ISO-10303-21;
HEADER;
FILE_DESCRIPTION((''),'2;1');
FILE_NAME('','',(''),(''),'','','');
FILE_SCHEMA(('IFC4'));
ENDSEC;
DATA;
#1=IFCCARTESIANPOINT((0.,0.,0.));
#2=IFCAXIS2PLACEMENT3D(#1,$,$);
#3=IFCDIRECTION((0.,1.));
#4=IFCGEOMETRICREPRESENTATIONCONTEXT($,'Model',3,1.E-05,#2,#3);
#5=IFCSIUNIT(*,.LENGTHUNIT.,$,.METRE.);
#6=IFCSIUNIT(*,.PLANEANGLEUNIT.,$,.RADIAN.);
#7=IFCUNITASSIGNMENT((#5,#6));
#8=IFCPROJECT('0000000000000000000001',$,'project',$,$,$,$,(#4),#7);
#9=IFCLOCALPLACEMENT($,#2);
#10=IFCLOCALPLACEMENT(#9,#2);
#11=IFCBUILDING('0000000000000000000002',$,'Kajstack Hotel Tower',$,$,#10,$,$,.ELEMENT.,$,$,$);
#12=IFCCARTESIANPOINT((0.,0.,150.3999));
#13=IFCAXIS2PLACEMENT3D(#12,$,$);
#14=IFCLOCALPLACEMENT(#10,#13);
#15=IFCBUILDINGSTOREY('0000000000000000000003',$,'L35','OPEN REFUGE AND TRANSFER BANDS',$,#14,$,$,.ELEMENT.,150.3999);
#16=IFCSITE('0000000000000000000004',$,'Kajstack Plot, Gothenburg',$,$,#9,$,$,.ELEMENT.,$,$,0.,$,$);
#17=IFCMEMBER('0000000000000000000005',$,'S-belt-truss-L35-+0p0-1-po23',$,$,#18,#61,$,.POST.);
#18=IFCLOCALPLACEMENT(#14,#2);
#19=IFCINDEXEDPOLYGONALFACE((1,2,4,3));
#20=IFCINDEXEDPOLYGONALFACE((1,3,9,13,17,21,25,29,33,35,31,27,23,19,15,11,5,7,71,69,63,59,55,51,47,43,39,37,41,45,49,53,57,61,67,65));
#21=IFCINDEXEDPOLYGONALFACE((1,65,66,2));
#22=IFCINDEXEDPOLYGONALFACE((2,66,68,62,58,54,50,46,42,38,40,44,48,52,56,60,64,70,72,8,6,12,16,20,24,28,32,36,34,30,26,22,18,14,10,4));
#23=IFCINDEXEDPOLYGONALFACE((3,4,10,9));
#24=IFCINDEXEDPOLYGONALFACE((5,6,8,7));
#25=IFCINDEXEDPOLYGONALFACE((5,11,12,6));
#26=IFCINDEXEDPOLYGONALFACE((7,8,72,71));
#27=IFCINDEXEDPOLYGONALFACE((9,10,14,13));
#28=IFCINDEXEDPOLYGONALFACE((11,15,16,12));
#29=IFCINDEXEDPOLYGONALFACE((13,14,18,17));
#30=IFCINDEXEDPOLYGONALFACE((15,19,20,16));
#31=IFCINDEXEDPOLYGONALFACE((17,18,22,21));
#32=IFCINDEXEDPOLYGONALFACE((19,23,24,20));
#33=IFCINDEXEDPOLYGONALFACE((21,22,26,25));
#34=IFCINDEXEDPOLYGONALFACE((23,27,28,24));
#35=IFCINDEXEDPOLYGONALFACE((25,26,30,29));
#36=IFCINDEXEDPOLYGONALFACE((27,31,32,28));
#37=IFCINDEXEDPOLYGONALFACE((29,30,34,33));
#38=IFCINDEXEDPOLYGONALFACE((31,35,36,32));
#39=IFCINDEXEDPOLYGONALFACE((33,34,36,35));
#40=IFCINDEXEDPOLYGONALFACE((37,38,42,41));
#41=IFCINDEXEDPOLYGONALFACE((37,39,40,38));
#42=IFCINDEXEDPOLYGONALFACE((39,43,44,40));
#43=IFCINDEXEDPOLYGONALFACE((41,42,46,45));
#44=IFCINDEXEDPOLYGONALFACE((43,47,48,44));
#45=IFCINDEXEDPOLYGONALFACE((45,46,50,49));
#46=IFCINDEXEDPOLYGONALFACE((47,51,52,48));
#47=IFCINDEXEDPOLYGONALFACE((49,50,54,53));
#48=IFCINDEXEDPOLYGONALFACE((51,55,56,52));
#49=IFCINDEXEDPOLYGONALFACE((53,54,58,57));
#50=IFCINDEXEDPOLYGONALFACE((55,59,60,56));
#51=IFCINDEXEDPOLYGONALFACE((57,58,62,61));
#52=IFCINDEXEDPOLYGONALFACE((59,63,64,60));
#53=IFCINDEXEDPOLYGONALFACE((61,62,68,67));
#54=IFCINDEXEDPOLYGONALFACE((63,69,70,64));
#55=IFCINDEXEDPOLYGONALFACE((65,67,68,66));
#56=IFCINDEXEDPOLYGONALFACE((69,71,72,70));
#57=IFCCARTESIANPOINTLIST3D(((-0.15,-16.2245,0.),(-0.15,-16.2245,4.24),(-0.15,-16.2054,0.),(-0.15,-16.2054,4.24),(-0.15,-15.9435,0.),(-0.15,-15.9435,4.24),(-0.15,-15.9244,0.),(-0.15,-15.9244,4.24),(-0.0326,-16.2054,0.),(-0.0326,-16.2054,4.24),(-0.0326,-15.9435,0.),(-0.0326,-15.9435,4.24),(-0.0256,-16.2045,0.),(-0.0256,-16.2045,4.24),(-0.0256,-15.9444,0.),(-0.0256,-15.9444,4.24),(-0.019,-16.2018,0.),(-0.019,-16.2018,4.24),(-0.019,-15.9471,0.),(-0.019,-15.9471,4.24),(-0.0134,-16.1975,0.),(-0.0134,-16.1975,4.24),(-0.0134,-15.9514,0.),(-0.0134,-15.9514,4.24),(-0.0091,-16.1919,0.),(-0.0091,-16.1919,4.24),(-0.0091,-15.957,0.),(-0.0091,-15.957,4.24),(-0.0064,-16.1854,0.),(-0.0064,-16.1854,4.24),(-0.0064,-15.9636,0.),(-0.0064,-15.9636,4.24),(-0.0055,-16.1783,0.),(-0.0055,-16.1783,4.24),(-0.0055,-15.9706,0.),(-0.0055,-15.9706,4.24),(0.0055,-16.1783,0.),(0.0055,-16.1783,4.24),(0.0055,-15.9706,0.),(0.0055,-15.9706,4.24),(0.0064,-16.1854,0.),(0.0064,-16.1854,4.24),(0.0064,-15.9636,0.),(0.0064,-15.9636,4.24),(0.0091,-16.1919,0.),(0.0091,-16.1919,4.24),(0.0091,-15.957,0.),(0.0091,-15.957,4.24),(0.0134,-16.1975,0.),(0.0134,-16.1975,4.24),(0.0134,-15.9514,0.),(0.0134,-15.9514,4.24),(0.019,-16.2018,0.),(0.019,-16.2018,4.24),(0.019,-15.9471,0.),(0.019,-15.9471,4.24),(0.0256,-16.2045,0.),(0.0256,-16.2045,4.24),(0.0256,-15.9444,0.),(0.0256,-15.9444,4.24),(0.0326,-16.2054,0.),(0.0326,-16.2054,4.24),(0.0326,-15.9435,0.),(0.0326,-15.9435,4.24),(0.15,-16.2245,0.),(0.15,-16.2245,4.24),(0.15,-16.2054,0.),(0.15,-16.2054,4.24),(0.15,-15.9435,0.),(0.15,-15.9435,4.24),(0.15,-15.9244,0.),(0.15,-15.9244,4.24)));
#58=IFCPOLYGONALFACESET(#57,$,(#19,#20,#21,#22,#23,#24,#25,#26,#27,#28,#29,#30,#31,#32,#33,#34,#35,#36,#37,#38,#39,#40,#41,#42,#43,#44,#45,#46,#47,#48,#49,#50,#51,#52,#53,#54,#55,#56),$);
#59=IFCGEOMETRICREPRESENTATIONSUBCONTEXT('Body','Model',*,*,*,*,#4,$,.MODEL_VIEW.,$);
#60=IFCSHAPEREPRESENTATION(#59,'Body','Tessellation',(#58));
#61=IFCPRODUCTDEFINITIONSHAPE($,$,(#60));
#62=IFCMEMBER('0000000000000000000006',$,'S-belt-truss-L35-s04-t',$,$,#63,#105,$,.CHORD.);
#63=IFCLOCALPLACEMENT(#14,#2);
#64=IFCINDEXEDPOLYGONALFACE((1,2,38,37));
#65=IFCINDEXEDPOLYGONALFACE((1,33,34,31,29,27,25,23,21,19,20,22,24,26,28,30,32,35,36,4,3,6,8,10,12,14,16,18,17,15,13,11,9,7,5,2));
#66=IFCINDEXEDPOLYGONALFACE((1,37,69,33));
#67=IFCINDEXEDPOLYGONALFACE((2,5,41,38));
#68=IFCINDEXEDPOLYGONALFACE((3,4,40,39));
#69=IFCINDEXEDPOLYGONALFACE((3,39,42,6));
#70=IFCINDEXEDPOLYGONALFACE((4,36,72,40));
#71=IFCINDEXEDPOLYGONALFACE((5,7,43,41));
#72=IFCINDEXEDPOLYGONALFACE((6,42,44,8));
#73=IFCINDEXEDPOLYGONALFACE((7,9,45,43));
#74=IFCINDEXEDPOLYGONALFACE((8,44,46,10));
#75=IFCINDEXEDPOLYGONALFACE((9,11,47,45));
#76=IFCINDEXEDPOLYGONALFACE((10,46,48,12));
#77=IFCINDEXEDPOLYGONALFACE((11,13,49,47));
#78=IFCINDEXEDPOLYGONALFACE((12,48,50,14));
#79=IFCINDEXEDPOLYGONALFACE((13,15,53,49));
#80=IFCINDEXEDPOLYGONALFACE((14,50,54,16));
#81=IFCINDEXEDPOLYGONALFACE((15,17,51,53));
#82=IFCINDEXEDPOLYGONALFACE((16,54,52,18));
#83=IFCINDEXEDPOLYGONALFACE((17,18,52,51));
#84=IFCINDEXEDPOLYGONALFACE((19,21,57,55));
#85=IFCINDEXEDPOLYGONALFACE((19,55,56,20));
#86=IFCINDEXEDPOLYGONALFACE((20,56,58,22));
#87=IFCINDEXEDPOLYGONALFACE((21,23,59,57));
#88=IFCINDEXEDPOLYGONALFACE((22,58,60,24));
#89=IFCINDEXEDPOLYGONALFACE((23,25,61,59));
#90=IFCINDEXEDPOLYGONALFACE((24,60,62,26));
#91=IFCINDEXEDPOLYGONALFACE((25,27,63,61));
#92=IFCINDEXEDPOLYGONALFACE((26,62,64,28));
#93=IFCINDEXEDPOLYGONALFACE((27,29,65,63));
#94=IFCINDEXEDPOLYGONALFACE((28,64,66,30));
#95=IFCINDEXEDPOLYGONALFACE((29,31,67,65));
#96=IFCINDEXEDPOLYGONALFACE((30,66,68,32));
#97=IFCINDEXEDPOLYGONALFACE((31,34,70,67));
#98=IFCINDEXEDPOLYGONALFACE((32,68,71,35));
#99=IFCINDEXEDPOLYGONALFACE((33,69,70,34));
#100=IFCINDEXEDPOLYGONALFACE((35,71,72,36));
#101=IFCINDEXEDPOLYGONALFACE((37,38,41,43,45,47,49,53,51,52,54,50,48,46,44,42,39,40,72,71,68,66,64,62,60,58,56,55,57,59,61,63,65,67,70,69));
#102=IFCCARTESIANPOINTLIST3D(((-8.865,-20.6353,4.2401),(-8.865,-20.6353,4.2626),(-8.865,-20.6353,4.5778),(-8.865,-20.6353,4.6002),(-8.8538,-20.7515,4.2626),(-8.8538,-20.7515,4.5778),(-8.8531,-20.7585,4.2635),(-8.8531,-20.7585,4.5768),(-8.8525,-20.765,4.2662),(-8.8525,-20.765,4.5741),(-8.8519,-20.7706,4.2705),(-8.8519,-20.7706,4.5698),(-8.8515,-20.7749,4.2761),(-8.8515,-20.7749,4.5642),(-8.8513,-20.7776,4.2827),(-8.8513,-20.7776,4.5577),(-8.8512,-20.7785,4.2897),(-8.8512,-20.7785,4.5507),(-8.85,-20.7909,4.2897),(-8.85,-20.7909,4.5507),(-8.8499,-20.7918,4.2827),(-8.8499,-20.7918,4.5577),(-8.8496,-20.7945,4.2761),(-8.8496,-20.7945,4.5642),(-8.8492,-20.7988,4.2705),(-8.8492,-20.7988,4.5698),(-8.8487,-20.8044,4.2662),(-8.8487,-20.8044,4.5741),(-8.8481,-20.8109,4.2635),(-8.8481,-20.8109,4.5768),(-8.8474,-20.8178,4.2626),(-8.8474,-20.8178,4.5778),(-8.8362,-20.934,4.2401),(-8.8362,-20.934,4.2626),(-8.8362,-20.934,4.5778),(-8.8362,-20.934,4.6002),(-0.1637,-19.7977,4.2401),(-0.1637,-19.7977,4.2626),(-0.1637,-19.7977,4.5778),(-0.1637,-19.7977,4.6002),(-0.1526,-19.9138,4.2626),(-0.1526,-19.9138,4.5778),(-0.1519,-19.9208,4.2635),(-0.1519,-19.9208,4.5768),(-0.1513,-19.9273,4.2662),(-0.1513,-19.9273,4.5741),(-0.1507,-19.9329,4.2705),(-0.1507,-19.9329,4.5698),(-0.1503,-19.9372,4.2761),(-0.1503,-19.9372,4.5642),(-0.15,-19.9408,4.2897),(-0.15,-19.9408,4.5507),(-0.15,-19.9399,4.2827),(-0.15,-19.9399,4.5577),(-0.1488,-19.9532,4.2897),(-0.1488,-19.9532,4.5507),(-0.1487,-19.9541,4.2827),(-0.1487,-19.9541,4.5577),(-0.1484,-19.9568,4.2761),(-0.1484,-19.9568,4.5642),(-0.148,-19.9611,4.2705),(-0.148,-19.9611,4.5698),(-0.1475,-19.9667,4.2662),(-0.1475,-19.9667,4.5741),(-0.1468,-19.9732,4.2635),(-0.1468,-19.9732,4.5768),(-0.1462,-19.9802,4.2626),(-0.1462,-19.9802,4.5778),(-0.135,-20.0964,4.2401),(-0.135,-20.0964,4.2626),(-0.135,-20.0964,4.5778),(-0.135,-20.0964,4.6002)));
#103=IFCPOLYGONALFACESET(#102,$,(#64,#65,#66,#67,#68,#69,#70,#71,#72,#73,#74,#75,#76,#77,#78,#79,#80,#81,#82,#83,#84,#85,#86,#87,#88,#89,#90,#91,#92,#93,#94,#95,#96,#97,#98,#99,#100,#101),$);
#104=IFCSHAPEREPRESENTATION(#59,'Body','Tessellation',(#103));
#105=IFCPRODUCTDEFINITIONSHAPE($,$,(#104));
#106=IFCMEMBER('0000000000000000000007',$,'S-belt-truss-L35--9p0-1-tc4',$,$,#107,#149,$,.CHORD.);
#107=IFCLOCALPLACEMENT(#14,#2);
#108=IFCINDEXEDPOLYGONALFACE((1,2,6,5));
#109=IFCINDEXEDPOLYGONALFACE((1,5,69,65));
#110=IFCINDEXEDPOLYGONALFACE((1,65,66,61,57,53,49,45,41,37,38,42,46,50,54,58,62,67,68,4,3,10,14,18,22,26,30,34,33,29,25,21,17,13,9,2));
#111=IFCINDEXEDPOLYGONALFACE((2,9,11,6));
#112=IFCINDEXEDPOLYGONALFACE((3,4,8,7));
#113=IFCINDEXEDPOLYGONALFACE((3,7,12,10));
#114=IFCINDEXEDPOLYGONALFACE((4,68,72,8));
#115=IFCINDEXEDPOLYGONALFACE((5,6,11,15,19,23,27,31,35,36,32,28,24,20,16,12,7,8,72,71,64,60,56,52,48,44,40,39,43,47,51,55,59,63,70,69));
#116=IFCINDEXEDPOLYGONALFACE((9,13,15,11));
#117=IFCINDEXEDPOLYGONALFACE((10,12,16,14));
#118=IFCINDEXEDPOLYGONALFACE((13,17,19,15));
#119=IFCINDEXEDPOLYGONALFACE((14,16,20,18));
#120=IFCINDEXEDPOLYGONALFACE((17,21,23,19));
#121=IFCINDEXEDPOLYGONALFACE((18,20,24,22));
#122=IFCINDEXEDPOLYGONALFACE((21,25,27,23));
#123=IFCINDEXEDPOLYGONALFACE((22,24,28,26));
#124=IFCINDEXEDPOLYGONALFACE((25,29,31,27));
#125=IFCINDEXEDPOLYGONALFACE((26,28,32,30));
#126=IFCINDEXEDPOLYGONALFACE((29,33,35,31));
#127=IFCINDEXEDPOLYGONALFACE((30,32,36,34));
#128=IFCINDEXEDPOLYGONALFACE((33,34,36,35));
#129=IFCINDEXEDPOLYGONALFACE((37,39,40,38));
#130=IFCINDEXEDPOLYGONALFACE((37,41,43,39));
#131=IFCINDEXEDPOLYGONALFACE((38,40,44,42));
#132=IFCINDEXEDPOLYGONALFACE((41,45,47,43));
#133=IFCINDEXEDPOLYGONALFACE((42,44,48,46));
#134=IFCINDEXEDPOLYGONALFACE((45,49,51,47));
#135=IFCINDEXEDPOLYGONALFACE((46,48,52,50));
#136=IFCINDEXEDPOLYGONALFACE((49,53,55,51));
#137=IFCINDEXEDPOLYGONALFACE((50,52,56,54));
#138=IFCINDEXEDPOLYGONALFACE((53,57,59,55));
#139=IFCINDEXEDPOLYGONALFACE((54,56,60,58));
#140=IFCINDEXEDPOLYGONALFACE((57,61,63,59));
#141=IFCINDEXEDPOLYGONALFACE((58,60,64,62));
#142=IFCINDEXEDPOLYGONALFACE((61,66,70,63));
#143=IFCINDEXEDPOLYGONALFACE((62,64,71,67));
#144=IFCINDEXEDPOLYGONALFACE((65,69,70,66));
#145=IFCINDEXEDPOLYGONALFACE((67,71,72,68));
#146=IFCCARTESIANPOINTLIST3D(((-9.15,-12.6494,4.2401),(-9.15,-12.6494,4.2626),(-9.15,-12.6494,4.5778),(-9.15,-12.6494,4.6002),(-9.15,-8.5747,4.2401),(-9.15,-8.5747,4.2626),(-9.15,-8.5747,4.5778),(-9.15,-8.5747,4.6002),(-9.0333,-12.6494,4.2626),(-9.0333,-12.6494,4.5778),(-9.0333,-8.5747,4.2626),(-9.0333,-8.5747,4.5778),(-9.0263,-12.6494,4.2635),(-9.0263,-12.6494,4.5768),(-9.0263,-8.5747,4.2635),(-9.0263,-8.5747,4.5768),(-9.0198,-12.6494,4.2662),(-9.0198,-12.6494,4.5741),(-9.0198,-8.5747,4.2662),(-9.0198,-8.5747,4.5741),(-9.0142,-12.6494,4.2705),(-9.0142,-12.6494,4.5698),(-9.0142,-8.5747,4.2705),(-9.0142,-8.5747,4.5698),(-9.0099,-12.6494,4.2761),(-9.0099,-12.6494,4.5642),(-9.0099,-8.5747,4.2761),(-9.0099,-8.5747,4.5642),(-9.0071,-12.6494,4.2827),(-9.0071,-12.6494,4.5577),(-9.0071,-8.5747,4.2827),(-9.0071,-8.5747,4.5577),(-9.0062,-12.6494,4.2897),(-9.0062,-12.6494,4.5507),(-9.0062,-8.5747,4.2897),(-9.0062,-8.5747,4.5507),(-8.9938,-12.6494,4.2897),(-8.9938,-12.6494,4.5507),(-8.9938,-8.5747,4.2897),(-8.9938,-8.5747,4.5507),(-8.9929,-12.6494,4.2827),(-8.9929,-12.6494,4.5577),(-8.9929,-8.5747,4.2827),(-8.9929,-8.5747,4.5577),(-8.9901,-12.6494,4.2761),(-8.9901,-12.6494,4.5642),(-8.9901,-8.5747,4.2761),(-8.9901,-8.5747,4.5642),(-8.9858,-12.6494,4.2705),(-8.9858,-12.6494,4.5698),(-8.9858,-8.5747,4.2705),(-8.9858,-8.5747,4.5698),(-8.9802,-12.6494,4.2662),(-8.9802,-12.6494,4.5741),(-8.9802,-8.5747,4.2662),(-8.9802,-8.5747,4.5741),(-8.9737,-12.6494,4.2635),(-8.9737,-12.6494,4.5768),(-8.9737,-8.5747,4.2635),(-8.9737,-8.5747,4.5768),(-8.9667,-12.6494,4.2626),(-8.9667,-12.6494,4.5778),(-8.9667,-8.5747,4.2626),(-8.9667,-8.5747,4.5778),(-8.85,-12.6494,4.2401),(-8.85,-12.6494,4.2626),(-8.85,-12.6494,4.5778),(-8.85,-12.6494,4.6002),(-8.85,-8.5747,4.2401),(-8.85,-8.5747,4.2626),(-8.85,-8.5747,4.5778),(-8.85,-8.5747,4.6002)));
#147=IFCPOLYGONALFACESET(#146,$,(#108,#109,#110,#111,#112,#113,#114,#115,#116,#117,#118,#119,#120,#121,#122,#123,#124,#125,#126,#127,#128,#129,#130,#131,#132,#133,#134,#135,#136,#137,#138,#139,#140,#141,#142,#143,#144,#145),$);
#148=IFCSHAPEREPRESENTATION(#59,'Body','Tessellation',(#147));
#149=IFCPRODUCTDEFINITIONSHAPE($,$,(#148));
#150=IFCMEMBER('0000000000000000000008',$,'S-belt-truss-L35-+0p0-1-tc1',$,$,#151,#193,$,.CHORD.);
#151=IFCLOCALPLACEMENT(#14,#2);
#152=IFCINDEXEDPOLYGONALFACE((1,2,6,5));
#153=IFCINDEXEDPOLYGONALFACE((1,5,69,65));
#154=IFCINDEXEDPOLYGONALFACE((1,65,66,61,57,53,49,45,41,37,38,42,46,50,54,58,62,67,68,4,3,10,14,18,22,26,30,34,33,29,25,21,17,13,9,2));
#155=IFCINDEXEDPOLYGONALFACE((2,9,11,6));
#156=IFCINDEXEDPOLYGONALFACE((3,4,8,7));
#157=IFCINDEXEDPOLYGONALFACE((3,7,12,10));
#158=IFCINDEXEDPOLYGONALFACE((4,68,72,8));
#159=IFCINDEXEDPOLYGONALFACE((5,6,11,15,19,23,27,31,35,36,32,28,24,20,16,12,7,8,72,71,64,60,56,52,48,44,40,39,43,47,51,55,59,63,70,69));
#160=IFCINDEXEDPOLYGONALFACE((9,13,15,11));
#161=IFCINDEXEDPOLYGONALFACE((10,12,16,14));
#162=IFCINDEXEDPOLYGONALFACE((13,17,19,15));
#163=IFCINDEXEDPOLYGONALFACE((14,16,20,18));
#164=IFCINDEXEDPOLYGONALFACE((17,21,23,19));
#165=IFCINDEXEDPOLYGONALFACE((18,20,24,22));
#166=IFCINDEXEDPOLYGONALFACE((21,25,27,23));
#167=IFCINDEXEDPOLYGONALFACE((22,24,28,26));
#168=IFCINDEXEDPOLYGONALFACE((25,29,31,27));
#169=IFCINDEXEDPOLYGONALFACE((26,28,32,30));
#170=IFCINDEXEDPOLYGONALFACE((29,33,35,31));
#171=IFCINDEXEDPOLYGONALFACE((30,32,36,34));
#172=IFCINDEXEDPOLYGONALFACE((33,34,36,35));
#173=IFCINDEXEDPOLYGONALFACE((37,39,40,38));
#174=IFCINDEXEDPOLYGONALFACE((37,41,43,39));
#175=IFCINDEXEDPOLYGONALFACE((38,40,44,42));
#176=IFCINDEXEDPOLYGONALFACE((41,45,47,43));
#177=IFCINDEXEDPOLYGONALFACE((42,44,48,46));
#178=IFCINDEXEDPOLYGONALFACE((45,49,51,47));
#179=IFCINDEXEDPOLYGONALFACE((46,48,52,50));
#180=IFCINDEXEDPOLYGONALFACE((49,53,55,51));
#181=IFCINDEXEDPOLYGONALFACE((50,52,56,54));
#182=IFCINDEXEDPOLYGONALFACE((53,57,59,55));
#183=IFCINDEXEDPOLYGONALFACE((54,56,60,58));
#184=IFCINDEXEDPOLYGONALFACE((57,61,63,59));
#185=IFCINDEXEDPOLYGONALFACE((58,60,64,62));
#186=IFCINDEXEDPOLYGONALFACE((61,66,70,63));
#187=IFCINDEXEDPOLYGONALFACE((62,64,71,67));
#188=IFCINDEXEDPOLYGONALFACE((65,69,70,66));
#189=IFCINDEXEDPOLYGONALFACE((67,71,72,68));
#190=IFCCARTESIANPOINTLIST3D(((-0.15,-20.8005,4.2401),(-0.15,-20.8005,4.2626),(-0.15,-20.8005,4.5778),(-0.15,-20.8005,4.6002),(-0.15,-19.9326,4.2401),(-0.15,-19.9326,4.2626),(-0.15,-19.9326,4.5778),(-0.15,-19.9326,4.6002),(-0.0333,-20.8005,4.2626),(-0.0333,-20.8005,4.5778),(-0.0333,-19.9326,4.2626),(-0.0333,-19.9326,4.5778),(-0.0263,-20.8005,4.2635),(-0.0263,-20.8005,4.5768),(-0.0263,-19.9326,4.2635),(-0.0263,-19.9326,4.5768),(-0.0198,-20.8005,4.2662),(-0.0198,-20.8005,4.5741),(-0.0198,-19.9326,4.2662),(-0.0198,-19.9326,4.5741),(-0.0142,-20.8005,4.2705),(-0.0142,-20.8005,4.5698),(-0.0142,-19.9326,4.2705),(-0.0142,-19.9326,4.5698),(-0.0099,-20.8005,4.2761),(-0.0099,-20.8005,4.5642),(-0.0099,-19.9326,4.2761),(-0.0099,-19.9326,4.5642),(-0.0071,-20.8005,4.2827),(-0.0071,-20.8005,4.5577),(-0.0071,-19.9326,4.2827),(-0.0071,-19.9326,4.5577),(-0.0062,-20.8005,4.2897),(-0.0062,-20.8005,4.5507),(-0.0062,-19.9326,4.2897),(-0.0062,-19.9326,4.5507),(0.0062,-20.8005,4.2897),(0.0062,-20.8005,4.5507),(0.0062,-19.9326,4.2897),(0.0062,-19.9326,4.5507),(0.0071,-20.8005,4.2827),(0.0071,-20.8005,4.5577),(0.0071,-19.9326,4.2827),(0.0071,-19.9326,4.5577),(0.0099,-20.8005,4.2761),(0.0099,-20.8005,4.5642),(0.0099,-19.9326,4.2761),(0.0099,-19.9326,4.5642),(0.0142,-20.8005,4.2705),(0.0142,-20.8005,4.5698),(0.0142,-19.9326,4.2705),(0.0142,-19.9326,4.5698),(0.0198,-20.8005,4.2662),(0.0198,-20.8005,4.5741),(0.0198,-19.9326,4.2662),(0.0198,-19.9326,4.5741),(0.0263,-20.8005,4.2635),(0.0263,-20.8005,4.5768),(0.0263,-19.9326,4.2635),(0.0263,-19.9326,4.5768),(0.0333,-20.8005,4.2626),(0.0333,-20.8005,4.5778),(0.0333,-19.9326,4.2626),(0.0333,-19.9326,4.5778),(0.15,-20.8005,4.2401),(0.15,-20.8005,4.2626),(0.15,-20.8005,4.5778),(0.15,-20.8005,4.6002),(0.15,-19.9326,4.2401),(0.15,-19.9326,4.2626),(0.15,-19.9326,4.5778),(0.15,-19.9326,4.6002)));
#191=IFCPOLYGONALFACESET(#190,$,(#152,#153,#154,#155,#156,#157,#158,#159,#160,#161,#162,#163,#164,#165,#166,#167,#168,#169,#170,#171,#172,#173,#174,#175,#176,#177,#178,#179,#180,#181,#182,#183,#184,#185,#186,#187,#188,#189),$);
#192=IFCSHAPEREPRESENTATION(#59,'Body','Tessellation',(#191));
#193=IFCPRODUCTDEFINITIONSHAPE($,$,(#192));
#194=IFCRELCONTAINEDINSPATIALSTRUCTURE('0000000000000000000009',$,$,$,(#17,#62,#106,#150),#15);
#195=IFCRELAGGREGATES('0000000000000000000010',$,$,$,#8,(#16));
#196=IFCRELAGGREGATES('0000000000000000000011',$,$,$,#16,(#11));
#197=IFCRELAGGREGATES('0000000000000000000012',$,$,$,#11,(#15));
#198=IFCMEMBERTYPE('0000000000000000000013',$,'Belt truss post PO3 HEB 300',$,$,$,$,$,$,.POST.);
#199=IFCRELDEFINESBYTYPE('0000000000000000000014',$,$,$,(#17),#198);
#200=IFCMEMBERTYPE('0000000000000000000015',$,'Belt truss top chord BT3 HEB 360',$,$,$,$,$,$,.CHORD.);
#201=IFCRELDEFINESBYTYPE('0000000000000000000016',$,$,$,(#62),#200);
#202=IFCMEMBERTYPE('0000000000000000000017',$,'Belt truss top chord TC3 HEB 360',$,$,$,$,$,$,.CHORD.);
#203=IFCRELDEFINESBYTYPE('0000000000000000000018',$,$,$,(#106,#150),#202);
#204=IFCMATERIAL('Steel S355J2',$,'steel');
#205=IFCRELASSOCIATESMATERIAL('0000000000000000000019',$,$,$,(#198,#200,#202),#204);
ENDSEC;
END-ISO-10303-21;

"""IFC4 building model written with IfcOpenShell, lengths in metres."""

from ifc_helpers import new_model, si_unit, direction, frame, origin, origin_2d, place, context, subcontext, project, spatial, i_section, extrude, material, material_profile, profile_set, type_object, element, save


model = new_model("IFC4")

# Units and contexts
model_context = context("Model", 3, precision=1e-05, world=origin(), true_north=direction((0.0, 1.0)))
body_context = subcontext(model_context, "Body", "Model", "MODEL_VIEW")
ifc_project = project(units=[si_unit("LENGTHUNIT", "METRE"), si_unit("PLANEANGLEUNIT", "RADIAN")], contexts=[model_context])

# Site, building, storey
site_placement = place(None, origin())
site = spatial("IfcSite", under=ifc_project, at=site_placement, Name="Kajstack Plot, Gothenburg", CompositionType="ELEMENT", RefElevation=0.0)
building_placement = place(site_placement, origin())
building = spatial("IfcBuilding", under=site, at=building_placement, Name="Kajstack Hotel Tower", CompositionType="ELEMENT")
storey_placement = place(building_placement, frame((0.0, 0.0, 150.3999)))
storey = spatial("IfcBuildingStorey", under=building, at=storey_placement, Name="L35", Description="OPEN REFUGE AND TRANSFER BANDS", CompositionType="ELEMENT", Elevation=150.3999)

# Members
ifc_material = material(Name="Steel S355J2", Category="steel")
ifc_material_profile_1 = material_profile(ifc_material, i_section(OverallWidth=0.3, OverallDepth=0.3, WebThickness=0.011, FlangeThickness=0.019, FilletRadius=0.0271, at=origin_2d()), Name="HEB 300")
ifc_profile_set_1 = profile_set([ifc_material_profile_1], Name="Steel S355J2")
member_type_1 = type_object("IfcMemberType", Name="Belt truss post PO3 HEB 300", PredefinedType="POST", material=ifc_profile_set_1)
for number, where, z_axis, x_axis, name in (
    (1, (0.0, -16.0745, 0.0), (0.0, 0.0, 1.0), (1.0, 0.0, 0.0), "S-belt-truss-L35-+0p0-1-po23"),
):
    element("IfcMember", number, at=place(storey_placement, frame(where, z_axis=z_axis, x_axis=x_axis)), inside=storey, type_object=member_type_1, Name=name, PredefinedType="POST", context=body_context, shape_type="SweptSolid", body=[
        extrude(i_section(OverallWidth=0.3, OverallDepth=0.3, WebThickness=0.011, FlangeThickness=0.019, FilletRadius=0.0271, at=origin_2d()), origin(), (0.0, 0.0, 1.0), 4.24),
    ])
ifc_material_profile_2 = material_profile(ifc_material, i_section(OverallWidth=0.3, OverallDepth=0.3601, WebThickness=0.0125, FlangeThickness=0.0225, FilletRadius=0.0271, at=origin_2d()), Name="HEB 360")
ifc_profile_set_2 = profile_set([ifc_material_profile_2], Name="Steel S355J2")
member_type_2 = type_object("IfcMemberType", Name="Belt truss top chord BT3 HEB 360", PredefinedType="CHORD", material=ifc_profile_set_2)
member_1_placement = place(storey_placement, frame((-8.8506, -20.7847, 4.4202), z_axis=(0.995398, 0.095825, 0.0), x_axis=(-0.095825, 0.995398, 0.0)))
element("IfcMember", 2, at=member_1_placement, inside=storey, type_object=member_type_2, Name="S-belt-truss-L35-s04-t", PredefinedType="CHORD", context=body_context, shape_type="SweptSolid", body=[
    extrude(i_section(OverallWidth=0.3, OverallDepth=0.3601, WebThickness=0.0125, FlangeThickness=0.0225, FilletRadius=0.0271, at=origin_2d()), origin(), (0.0, 0.0, 1.0), 8.7415),
])
ifc_material_profile_3 = material_profile(ifc_material, i_section(OverallWidth=0.3, OverallDepth=0.3601, WebThickness=0.0125, FlangeThickness=0.0225, FilletRadius=0.0271, at=origin_2d()), Name="HEB 360")
ifc_profile_set_3 = profile_set([ifc_material_profile_3], Name="Steel S355J2")
member_type_3 = type_object("IfcMemberType", Name="Belt truss top chord TC3 HEB 360", PredefinedType="CHORD", material=ifc_profile_set_3)
member_2_placement = place(storey_placement, frame((-9.0, -12.6494, 4.4202), z_axis=(0.0, 1.0, 0.0), x_axis=(-1.0, 0.0, 0.0)))
element("IfcMember", 3, at=member_2_placement, inside=storey, type_object=member_type_3, Name="S-belt-truss-L35--9p0-1-tc4", PredefinedType="CHORD", context=body_context, shape_type="SweptSolid", body=[
    extrude(i_section(OverallWidth=0.3, OverallDepth=0.3601, WebThickness=0.0125, FlangeThickness=0.0225, FilletRadius=0.0271, at=origin_2d()), origin(), (0.0, 0.0, 1.0), 4.0747),
])
member_3_placement = place(storey_placement, frame((0.0, -20.8005, 4.4202), z_axis=(0.0, 1.0, 0.0), x_axis=(-1.0, 0.0, 0.0)))
element("IfcMember", 4, at=member_3_placement, inside=storey, type_object=member_type_3, Name="S-belt-truss-L35-+0p0-1-tc1", PredefinedType="CHORD", context=body_context, shape_type="SweptSolid", body=[
    extrude(i_section(OverallWidth=0.3, OverallDepth=0.3601, WebThickness=0.0125, FlangeThickness=0.0225, FilletRadius=0.0271, at=origin_2d()), origin(), (0.0, 0.0, 1.0), 0.8679),
])

save(model, "model.ifc")
